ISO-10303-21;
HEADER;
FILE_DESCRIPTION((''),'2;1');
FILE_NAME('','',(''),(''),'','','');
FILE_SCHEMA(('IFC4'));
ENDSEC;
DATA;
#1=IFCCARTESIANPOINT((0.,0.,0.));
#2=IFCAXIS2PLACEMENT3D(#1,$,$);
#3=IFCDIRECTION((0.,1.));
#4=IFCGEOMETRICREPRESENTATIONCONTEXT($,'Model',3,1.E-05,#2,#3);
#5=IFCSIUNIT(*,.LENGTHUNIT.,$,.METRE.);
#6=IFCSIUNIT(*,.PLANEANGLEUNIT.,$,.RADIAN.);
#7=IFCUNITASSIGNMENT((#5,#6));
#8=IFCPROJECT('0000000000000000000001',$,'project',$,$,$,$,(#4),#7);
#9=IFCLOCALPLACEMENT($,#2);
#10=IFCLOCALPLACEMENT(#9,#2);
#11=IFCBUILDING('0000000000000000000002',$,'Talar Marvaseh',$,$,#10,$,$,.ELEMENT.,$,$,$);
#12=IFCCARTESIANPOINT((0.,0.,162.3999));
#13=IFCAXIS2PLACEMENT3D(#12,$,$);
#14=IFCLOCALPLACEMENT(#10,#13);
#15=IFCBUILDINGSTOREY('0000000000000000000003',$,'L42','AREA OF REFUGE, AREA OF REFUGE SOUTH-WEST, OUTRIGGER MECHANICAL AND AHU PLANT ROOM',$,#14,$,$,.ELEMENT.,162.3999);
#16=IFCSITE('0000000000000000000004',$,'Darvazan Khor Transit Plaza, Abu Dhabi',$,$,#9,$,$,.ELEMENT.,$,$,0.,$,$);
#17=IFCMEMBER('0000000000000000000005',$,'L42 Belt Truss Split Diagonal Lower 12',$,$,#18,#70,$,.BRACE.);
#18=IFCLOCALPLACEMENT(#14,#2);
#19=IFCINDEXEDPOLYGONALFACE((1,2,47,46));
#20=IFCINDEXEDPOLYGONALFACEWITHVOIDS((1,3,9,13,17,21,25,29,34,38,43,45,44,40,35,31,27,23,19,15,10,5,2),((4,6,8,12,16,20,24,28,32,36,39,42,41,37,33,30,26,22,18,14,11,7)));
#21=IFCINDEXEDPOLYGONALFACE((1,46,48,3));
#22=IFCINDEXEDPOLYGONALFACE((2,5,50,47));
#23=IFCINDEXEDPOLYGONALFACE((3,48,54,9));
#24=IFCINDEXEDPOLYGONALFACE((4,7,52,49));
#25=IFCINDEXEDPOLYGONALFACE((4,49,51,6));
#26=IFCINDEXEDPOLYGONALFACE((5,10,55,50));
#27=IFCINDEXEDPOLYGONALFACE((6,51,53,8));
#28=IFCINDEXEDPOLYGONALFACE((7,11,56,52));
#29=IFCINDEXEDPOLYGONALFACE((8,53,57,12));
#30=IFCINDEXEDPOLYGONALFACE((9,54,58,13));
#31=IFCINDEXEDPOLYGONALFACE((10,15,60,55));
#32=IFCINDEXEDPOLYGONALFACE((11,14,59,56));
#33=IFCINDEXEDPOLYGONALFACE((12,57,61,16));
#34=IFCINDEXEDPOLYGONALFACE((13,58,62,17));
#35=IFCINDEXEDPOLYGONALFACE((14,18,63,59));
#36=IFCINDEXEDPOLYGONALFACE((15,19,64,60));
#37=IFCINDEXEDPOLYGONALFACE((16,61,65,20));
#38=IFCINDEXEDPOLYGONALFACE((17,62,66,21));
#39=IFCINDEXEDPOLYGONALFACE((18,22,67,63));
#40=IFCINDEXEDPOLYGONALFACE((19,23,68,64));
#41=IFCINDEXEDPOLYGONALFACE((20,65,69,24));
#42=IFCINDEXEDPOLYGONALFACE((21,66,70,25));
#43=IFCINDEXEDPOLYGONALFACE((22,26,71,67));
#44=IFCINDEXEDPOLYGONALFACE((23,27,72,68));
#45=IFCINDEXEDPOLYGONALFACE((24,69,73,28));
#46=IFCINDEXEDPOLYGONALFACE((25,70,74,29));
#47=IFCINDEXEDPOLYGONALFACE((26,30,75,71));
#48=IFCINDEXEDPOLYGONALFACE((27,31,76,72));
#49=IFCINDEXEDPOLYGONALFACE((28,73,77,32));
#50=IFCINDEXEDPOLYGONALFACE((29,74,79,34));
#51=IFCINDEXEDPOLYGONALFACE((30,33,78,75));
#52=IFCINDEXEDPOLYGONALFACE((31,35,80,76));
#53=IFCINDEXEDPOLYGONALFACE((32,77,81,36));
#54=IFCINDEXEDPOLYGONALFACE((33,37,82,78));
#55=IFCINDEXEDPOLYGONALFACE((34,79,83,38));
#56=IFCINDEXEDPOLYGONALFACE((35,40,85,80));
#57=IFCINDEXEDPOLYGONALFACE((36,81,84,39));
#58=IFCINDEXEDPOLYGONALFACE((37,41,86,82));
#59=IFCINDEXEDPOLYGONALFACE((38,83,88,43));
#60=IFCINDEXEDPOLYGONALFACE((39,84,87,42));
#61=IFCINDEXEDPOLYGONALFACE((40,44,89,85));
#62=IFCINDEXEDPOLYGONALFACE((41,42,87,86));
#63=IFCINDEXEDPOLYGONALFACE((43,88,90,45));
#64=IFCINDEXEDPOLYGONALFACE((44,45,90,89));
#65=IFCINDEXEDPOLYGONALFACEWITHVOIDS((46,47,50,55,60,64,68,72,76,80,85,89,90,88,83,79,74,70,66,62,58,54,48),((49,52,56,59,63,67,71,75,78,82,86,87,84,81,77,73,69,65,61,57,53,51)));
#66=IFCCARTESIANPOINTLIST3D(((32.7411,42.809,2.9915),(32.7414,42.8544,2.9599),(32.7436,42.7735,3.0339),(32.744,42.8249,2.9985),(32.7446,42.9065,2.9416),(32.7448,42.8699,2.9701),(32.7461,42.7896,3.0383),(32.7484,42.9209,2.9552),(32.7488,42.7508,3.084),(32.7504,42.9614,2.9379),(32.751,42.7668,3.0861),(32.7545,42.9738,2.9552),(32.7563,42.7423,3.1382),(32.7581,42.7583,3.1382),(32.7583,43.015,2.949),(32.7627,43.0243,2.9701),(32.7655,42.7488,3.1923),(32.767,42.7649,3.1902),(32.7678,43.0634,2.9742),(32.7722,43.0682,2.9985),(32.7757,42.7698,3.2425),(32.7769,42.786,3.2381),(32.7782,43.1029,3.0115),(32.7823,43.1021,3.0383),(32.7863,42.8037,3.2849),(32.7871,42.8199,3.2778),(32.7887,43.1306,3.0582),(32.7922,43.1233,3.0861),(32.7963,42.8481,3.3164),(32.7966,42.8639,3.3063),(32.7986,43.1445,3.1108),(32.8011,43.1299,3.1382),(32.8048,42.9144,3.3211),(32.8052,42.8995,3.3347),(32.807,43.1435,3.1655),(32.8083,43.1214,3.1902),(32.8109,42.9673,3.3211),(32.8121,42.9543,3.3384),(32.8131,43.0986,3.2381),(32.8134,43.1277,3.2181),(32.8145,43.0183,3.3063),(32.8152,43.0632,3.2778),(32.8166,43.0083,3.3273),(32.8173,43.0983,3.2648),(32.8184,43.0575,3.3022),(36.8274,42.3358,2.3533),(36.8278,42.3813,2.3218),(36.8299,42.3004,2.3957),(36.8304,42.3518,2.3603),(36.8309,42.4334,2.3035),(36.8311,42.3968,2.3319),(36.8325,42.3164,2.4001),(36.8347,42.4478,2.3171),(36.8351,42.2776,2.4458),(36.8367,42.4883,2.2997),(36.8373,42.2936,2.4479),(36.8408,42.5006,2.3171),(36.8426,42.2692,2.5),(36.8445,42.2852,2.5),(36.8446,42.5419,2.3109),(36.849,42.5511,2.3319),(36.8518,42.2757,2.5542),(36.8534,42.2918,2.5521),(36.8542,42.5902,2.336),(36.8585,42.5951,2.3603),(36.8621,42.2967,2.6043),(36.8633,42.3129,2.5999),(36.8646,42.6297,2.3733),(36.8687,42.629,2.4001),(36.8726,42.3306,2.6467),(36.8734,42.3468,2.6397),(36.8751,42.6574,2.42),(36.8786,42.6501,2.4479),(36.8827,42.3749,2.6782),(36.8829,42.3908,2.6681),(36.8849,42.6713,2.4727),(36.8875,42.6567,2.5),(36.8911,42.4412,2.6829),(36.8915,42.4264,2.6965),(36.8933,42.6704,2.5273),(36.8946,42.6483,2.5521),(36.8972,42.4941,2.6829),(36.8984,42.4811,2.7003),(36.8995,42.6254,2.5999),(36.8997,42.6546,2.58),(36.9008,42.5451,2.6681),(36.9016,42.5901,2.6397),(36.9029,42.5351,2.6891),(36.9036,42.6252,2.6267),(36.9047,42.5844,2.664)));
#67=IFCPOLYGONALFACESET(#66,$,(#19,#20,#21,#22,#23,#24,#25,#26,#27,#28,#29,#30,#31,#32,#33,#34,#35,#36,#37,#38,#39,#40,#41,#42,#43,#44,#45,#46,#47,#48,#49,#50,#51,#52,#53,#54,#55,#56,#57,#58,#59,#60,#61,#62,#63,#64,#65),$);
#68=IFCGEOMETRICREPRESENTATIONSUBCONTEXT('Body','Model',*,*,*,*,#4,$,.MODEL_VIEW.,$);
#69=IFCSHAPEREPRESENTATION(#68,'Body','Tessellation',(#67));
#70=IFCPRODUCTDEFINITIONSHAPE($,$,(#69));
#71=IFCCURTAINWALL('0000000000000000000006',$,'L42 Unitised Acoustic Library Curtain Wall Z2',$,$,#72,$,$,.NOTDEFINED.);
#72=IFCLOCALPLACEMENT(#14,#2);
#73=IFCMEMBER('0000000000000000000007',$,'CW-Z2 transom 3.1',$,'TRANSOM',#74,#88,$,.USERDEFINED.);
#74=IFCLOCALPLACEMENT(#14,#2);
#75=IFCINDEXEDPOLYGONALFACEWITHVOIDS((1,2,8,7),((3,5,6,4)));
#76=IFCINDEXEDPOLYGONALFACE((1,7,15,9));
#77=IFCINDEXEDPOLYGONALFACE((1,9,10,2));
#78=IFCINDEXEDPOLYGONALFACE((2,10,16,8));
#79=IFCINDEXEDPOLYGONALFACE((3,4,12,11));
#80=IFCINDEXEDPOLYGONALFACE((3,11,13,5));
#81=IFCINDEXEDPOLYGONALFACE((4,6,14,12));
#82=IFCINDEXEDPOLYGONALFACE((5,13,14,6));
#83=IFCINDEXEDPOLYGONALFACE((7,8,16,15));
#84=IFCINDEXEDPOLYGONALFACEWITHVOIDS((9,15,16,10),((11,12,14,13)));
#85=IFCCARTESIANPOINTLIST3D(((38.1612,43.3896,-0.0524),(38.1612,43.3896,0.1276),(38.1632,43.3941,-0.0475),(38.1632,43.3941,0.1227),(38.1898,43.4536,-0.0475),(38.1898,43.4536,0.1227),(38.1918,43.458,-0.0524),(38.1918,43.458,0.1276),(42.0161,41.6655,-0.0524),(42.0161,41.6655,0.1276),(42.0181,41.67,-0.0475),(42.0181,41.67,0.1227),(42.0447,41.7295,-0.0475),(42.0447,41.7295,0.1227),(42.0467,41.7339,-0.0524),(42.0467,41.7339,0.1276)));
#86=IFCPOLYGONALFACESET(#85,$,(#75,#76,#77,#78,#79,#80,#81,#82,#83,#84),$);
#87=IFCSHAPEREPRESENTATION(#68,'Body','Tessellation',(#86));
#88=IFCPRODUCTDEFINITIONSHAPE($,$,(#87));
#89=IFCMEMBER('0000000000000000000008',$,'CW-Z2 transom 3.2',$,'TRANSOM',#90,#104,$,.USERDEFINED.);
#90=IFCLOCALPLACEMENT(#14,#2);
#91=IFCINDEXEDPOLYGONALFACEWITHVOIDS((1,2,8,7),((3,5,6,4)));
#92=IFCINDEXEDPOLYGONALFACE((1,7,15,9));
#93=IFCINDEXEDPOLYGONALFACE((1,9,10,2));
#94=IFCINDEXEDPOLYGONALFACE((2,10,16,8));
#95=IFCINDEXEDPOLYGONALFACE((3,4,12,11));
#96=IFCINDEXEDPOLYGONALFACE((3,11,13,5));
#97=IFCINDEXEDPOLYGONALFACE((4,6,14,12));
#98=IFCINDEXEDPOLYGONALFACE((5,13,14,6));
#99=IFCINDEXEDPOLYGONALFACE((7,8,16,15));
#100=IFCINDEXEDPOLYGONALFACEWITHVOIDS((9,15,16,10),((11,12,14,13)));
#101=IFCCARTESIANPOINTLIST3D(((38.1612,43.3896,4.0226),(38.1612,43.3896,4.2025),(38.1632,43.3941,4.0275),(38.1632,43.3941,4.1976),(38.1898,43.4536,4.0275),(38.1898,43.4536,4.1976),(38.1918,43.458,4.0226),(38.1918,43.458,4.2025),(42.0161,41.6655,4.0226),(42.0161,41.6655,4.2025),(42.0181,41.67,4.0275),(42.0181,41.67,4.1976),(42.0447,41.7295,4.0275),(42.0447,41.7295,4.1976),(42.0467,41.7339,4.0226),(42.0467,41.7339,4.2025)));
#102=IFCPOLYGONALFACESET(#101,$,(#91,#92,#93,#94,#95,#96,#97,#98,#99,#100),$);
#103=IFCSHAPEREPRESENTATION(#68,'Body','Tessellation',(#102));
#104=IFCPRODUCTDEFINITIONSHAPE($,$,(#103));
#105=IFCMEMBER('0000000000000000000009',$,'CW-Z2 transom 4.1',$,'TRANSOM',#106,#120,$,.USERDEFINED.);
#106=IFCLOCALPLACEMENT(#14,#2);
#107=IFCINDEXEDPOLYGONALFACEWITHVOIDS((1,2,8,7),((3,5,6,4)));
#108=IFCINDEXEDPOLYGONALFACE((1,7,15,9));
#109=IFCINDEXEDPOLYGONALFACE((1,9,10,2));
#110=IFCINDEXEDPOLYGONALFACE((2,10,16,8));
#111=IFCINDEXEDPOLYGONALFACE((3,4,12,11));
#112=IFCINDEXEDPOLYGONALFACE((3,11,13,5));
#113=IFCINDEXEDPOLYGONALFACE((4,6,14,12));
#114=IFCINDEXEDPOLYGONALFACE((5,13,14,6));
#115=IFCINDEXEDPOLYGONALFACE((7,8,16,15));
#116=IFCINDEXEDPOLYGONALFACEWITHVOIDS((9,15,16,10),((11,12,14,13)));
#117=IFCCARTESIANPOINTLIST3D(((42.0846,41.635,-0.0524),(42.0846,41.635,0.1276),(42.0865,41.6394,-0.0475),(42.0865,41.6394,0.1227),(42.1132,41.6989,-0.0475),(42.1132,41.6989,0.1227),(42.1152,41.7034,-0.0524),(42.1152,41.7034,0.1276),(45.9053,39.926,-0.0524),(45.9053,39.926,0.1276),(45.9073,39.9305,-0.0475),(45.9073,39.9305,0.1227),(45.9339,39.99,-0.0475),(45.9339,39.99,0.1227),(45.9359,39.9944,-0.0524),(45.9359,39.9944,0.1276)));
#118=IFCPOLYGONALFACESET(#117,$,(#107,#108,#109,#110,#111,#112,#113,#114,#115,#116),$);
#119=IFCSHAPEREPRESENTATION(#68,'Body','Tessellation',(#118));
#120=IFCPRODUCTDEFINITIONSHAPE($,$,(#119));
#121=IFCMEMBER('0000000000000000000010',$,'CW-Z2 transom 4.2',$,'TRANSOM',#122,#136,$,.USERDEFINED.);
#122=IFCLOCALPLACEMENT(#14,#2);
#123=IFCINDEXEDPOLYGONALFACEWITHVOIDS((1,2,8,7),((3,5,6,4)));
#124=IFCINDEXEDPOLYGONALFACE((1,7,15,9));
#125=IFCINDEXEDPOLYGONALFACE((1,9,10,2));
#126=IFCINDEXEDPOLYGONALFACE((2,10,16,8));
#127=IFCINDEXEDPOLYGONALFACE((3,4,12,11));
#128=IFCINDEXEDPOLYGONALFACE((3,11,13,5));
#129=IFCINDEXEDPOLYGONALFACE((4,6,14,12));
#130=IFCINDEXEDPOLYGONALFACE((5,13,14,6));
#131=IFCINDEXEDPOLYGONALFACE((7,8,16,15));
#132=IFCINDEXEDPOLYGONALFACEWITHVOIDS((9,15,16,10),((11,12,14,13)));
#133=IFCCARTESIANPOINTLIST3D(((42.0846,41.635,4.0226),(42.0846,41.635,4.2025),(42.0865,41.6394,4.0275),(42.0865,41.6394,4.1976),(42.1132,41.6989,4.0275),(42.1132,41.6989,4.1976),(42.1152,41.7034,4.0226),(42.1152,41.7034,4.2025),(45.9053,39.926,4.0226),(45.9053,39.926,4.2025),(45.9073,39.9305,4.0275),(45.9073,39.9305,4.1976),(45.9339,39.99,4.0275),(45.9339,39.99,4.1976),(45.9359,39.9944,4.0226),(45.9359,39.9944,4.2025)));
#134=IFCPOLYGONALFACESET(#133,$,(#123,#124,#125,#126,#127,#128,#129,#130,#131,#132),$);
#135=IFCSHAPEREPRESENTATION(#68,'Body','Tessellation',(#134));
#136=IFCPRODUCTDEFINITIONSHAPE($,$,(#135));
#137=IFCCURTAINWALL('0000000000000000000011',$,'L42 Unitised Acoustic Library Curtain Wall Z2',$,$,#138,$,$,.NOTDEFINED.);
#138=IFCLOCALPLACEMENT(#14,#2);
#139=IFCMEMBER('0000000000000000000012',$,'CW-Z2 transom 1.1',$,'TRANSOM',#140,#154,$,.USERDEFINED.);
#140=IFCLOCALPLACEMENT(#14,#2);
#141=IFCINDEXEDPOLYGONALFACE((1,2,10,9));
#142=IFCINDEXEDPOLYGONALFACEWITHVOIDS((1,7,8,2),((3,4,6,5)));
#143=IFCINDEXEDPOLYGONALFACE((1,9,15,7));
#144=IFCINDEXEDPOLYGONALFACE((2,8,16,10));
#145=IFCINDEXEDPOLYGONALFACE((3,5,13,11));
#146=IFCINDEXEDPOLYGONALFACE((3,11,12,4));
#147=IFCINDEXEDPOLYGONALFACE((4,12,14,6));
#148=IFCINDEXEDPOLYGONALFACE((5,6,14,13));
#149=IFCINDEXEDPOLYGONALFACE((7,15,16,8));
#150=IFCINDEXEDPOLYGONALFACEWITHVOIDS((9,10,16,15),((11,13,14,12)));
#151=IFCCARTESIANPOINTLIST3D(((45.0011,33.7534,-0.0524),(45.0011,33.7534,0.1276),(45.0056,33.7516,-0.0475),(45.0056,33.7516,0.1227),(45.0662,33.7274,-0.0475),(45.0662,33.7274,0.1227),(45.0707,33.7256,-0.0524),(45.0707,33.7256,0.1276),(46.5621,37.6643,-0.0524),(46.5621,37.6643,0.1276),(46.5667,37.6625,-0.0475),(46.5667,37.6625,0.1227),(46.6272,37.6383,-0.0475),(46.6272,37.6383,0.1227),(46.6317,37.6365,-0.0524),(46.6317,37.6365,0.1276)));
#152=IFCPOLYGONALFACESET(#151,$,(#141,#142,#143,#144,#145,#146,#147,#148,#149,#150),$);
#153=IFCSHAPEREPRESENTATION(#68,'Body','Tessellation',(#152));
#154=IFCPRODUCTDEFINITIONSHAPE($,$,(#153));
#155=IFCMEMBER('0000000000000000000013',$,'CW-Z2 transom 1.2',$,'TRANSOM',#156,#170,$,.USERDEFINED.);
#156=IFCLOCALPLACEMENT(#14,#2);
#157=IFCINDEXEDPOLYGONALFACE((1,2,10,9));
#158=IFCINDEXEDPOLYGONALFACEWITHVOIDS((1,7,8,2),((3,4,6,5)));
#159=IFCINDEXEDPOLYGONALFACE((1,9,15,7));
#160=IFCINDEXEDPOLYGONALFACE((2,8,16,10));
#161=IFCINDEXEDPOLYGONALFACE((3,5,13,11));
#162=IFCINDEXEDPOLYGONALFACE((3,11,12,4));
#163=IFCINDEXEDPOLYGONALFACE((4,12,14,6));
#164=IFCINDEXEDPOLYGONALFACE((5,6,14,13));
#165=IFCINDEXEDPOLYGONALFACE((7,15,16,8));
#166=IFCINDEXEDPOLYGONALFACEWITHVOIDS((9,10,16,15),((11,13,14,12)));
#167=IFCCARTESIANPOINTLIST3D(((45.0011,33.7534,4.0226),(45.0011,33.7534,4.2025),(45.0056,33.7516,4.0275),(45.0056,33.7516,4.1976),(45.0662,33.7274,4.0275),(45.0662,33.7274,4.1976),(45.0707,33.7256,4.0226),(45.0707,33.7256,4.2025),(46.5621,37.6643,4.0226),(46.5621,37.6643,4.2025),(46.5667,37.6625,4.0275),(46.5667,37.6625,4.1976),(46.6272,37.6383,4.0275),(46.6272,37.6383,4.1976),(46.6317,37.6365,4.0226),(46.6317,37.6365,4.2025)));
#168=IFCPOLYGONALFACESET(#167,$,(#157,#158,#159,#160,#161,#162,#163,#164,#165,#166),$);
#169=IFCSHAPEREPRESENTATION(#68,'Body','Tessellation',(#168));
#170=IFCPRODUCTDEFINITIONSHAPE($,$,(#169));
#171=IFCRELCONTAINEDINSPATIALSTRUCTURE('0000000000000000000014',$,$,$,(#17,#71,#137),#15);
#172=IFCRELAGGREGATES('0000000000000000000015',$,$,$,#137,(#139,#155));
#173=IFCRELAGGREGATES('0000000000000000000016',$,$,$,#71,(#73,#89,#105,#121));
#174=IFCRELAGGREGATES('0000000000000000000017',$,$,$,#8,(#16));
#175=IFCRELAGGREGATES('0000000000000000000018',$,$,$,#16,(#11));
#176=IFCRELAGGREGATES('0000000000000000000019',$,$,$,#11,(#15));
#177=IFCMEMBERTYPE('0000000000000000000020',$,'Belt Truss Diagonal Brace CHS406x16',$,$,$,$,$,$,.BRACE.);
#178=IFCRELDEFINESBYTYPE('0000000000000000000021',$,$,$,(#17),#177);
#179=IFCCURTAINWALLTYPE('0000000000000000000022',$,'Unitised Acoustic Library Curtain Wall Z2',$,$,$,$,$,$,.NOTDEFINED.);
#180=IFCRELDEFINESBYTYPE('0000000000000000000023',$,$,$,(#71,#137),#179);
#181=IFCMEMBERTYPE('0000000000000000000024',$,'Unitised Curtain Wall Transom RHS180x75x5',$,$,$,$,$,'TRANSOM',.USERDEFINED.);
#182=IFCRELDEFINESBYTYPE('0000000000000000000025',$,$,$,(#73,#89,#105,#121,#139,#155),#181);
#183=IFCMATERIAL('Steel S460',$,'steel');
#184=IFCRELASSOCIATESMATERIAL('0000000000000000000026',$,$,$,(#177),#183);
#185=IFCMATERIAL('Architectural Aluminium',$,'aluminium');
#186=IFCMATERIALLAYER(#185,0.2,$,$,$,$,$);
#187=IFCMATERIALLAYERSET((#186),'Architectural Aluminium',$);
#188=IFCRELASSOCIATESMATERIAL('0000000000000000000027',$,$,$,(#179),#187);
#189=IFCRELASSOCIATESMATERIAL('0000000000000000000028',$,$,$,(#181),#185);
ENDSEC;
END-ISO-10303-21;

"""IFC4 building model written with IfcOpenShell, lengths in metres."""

from ifc_helpers import new_model, si_unit, direction, frame, origin, origin_2d, place, context, subcontext, project, spatial, hollow_rectangle, hollow_circle, extrude, source, transform, mapped, material, layer, layer_set, material_profile, profile_set, type_object, type_shapes, element, aggregate, save


model = new_model("IFC4")

# Units and contexts
model_context = context("Model", 3, precision=1e-05, world=origin(), true_north=direction((0.0, 1.0)))
body_context = subcontext(model_context, "Body", "Model", "MODEL_VIEW")
ifc_project = project(units=[si_unit("LENGTHUNIT", "METRE"), si_unit("PLANEANGLEUNIT", "RADIAN")], contexts=[model_context])

# Site, building, storey
site_placement = place(None, origin())
site = spatial("IfcSite", under=ifc_project, at=site_placement, Name="Darvazan Khor Transit Plaza, Abu Dhabi", CompositionType="ELEMENT", RefElevation=0.0)
building_placement = place(site_placement, origin())
building = spatial("IfcBuilding", under=site, at=building_placement, Name="Talar Marvaseh", CompositionType="ELEMENT")
storey_placement = place(building_placement, frame((0.0, 0.0, 162.3999)))
storey = spatial("IfcBuildingStorey", under=building, at=storey_placement, Name="L42", Description="AREA OF REFUGE, AREA OF REFUGE SOUTH-WEST, OUTRIGGER MECHANICAL AND AHU PLANT ROOM", CompositionType="ELEMENT", Elevation=162.3999)

# Member
ifc_material_1 = material(Name="Steel S460", Category="steel")
ifc_material_profile_1 = material_profile(ifc_material_1, hollow_circle(Radius=0.2031, WallThickness=0.0161, at=origin_2d()), Name="CHS406x16")
ifc_profile_set_1 = profile_set([ifc_material_profile_1], Name="Steel S460")
member_type_1 = type_object("IfcMemberType", Name="Belt Truss Diagonal Brace CHS406x16", PredefinedType="BRACE", material=ifc_profile_set_1)
shared_shape_1 = source(origin(), body_context, "Body", "SweptSolid", [
    extrude(hollow_circle(Radius=0.2031, WallThickness=0.0161, at=origin_2d()), origin(), (0.0, 0.0, 1.0), 4.1628),
])
member_1_placement = place(storey_placement, frame((36.866, 42.4709, 2.5), z_axis=(-0.981622, 0.113657, 0.153301), x_axis=(-0.115016, -0.993364, 0.0)))
element("IfcMember", 1, at=member_1_placement, inside=storey, type_object=member_type_1, Name="L42 Belt Truss Split Diagonal Lower 12", PredefinedType="BRACE", context=body_context, shape_type="MappedRepresentation", body=[
    mapped(shared_shape_1, transform((0.0, 0.0, 0.0), x_axis=(1.0, 0.0, 0.0), y_axis=(0.0, 1.0, 0.0), z_axis=(0.0, 0.0, 1.0), scale=1.0)),
])

# Curtain walls, members
ifc_material_2 = material(Name="Architectural Aluminium", Category="aluminium")
ifc_layer_1 = layer(ifc_material_2, 0.2)
ifc_layer_set_1 = layer_set([ifc_layer_1], Name="Architectural Aluminium")
curtain_wall_type = type_object("IfcCurtainWallType", Name="Unitised Acoustic Library Curtain Wall Z2", PredefinedType="NOTDEFINED", material=ifc_layer_set_1)
curtain_wall_1_placement = place(storey_placement, origin())
curtain_wall_1 = element("IfcCurtainWall", 2, at=curtain_wall_1_placement, inside=storey, type_object=curtain_wall_type, Name="L42 Unitised Acoustic Library Curtain Wall Z2", PredefinedType="NOTDEFINED")
ifc_material_profile_2 = material_profile(ifc_material_2, hollow_rectangle(XDim=0.075, YDim=0.1799, WallThickness=0.0049, at=origin_2d()), Name="RHS180x75x5")
ifc_profile_set_2 = profile_set([ifc_material_profile_2], Name="Architectural Aluminium")
member_type_2 = type_object("IfcMemberType", Name="Unitised Curtain Wall Transom RHS180x75x5", ElementType="TRANSOM", PredefinedType="USERDEFINED", material=ifc_profile_set_2)
shared_shape_2 = source(origin(), body_context, "Body", "SweptSolid", [
    extrude(hollow_rectangle(XDim=0.075, YDim=0.1799, WallThickness=0.0049, at=origin_2d()), origin(), (0.0, 0.0, 1.0), 4.2229),
])
member_2_placement = place(storey_placement, frame((38.1765, 43.4238, 0.0376), z_axis=(0.91286, -0.408272, 0.0), x_axis=(0.408272, 0.91286, 0.0)))
member_2 = element("IfcMember", 3, at=member_2_placement, type_object=member_type_2, Name="CW-Z2 transom 3.1", ObjectType="TRANSOM", PredefinedType="USERDEFINED", context=body_context, shape_type="MappedRepresentation", body=[
    mapped(shared_shape_2, transform((0.0, 0.0, 0.0), x_axis=(1.0, 0.0, 0.0), y_axis=(0.0, 1.0, 0.0), z_axis=(0.0, 0.0, 1.0), scale=1.0)),
])
member_3_placement = place(storey_placement, frame((38.1765, 43.4238, 4.1125), z_axis=(0.91286, -0.408272, 0.0), x_axis=(0.408272, 0.91286, 0.0)))
member_3 = element("IfcMember", 4, at=member_3_placement, type_object=member_type_2, Name="CW-Z2 transom 3.2", ObjectType="TRANSOM", PredefinedType="USERDEFINED", context=body_context, shape_type="MappedRepresentation", body=[
    mapped(shared_shape_2, transform((0.0, 0.0, 0.0), x_axis=(1.0, 0.0, 0.0), y_axis=(0.0, 1.0, 0.0), z_axis=(0.0, 0.0, 1.0), scale=1.0)),
])
shared_shape_3 = source(origin(), body_context, "Body", "SweptSolid", [
    extrude(hollow_rectangle(XDim=0.075, YDim=0.1799, WallThickness=0.0049, at=origin_2d()), origin(), (0.0, 0.0, 1.0), 4.1855),
])
member_4_placement = place(storey_placement, frame((42.0999, 41.6692, 0.0376), z_axis=(0.912847, -0.408302, 0.0), x_axis=(0.408302, 0.912847, 0.0)))
member_4 = element("IfcMember", 5, at=member_4_placement, type_object=member_type_2, Name="CW-Z2 transom 4.1", ObjectType="TRANSOM", PredefinedType="USERDEFINED", context=body_context, shape_type="MappedRepresentation", body=[
    mapped(shared_shape_3, transform((0.0, 0.0, 0.0), x_axis=(1.0, 0.0, 0.0), y_axis=(0.0, 1.0, 0.0), z_axis=(0.0, 0.0, 1.0), scale=1.0)),
])
member_5_placement = place(storey_placement, frame((42.0999, 41.6692, 4.1125), z_axis=(0.912847, -0.408302, 0.0), x_axis=(0.408302, 0.912847, 0.0)))
member_5 = element("IfcMember", 6, at=member_5_placement, type_object=member_type_2, Name="CW-Z2 transom 4.2", ObjectType="TRANSOM", PredefinedType="USERDEFINED", context=body_context, shape_type="MappedRepresentation", body=[
    mapped(shared_shape_3, transform((0.0, 0.0, 0.0), x_axis=(1.0, 0.0, 0.0), y_axis=(0.0, 1.0, 0.0), z_axis=(0.0, 0.0, 1.0), scale=1.0)),
])
curtain_wall_2_placement = place(storey_placement, origin())
curtain_wall_2 = element("IfcCurtainWall", 7, at=curtain_wall_2_placement, inside=storey, type_object=curtain_wall_type, Name="L42 Unitised Acoustic Library Curtain Wall Z2", PredefinedType="NOTDEFINED")
shared_shape_4 = source(origin(), body_context, "Body", "SweptSolid", [
    extrude(hollow_rectangle(XDim=0.075, YDim=0.1799, WallThickness=0.0049, at=origin_2d()), origin(), (0.0, 0.0, 1.0), 4.2109),
])
type_shapes(member_type_2, [shared_shape_2, shared_shape_3, shared_shape_4])
member_6_placement = place(storey_placement, frame((46.5969, 37.6504, 0.0376), z_axis=(-0.370711, -0.928748, 0.0), x_axis=(0.928748, -0.370711, 0.0)))
member_6 = element("IfcMember", 8, at=member_6_placement, type_object=member_type_2, Name="CW-Z2 transom 1.1", ObjectType="TRANSOM", PredefinedType="USERDEFINED", context=body_context, shape_type="MappedRepresentation", body=[
    mapped(shared_shape_4, transform((0.0, 0.0, 0.0), x_axis=(1.0, 0.0, 0.0), y_axis=(0.0, 1.0, 0.0), z_axis=(0.0, 0.0, 1.0), scale=1.0)),
])
member_7_placement = place(storey_placement, frame((46.5969, 37.6504, 4.1125), z_axis=(-0.370711, -0.928748, 0.0), x_axis=(0.928748, -0.370711, 0.0)))
member_7 = element("IfcMember", 9, at=member_7_placement, type_object=member_type_2, Name="CW-Z2 transom 1.2", ObjectType="TRANSOM", PredefinedType="USERDEFINED", context=body_context, shape_type="MappedRepresentation", body=[
    mapped(shared_shape_4, transform((0.0, 0.0, 0.0), x_axis=(1.0, 0.0, 0.0), y_axis=(0.0, 1.0, 0.0), z_axis=(0.0, 0.0, 1.0), scale=1.0)),
])

aggregate(curtain_wall_2, [member_6, member_7])

aggregate(curtain_wall_1, [member_2, member_3, member_4, member_5])

save(model, "model.ifc")
